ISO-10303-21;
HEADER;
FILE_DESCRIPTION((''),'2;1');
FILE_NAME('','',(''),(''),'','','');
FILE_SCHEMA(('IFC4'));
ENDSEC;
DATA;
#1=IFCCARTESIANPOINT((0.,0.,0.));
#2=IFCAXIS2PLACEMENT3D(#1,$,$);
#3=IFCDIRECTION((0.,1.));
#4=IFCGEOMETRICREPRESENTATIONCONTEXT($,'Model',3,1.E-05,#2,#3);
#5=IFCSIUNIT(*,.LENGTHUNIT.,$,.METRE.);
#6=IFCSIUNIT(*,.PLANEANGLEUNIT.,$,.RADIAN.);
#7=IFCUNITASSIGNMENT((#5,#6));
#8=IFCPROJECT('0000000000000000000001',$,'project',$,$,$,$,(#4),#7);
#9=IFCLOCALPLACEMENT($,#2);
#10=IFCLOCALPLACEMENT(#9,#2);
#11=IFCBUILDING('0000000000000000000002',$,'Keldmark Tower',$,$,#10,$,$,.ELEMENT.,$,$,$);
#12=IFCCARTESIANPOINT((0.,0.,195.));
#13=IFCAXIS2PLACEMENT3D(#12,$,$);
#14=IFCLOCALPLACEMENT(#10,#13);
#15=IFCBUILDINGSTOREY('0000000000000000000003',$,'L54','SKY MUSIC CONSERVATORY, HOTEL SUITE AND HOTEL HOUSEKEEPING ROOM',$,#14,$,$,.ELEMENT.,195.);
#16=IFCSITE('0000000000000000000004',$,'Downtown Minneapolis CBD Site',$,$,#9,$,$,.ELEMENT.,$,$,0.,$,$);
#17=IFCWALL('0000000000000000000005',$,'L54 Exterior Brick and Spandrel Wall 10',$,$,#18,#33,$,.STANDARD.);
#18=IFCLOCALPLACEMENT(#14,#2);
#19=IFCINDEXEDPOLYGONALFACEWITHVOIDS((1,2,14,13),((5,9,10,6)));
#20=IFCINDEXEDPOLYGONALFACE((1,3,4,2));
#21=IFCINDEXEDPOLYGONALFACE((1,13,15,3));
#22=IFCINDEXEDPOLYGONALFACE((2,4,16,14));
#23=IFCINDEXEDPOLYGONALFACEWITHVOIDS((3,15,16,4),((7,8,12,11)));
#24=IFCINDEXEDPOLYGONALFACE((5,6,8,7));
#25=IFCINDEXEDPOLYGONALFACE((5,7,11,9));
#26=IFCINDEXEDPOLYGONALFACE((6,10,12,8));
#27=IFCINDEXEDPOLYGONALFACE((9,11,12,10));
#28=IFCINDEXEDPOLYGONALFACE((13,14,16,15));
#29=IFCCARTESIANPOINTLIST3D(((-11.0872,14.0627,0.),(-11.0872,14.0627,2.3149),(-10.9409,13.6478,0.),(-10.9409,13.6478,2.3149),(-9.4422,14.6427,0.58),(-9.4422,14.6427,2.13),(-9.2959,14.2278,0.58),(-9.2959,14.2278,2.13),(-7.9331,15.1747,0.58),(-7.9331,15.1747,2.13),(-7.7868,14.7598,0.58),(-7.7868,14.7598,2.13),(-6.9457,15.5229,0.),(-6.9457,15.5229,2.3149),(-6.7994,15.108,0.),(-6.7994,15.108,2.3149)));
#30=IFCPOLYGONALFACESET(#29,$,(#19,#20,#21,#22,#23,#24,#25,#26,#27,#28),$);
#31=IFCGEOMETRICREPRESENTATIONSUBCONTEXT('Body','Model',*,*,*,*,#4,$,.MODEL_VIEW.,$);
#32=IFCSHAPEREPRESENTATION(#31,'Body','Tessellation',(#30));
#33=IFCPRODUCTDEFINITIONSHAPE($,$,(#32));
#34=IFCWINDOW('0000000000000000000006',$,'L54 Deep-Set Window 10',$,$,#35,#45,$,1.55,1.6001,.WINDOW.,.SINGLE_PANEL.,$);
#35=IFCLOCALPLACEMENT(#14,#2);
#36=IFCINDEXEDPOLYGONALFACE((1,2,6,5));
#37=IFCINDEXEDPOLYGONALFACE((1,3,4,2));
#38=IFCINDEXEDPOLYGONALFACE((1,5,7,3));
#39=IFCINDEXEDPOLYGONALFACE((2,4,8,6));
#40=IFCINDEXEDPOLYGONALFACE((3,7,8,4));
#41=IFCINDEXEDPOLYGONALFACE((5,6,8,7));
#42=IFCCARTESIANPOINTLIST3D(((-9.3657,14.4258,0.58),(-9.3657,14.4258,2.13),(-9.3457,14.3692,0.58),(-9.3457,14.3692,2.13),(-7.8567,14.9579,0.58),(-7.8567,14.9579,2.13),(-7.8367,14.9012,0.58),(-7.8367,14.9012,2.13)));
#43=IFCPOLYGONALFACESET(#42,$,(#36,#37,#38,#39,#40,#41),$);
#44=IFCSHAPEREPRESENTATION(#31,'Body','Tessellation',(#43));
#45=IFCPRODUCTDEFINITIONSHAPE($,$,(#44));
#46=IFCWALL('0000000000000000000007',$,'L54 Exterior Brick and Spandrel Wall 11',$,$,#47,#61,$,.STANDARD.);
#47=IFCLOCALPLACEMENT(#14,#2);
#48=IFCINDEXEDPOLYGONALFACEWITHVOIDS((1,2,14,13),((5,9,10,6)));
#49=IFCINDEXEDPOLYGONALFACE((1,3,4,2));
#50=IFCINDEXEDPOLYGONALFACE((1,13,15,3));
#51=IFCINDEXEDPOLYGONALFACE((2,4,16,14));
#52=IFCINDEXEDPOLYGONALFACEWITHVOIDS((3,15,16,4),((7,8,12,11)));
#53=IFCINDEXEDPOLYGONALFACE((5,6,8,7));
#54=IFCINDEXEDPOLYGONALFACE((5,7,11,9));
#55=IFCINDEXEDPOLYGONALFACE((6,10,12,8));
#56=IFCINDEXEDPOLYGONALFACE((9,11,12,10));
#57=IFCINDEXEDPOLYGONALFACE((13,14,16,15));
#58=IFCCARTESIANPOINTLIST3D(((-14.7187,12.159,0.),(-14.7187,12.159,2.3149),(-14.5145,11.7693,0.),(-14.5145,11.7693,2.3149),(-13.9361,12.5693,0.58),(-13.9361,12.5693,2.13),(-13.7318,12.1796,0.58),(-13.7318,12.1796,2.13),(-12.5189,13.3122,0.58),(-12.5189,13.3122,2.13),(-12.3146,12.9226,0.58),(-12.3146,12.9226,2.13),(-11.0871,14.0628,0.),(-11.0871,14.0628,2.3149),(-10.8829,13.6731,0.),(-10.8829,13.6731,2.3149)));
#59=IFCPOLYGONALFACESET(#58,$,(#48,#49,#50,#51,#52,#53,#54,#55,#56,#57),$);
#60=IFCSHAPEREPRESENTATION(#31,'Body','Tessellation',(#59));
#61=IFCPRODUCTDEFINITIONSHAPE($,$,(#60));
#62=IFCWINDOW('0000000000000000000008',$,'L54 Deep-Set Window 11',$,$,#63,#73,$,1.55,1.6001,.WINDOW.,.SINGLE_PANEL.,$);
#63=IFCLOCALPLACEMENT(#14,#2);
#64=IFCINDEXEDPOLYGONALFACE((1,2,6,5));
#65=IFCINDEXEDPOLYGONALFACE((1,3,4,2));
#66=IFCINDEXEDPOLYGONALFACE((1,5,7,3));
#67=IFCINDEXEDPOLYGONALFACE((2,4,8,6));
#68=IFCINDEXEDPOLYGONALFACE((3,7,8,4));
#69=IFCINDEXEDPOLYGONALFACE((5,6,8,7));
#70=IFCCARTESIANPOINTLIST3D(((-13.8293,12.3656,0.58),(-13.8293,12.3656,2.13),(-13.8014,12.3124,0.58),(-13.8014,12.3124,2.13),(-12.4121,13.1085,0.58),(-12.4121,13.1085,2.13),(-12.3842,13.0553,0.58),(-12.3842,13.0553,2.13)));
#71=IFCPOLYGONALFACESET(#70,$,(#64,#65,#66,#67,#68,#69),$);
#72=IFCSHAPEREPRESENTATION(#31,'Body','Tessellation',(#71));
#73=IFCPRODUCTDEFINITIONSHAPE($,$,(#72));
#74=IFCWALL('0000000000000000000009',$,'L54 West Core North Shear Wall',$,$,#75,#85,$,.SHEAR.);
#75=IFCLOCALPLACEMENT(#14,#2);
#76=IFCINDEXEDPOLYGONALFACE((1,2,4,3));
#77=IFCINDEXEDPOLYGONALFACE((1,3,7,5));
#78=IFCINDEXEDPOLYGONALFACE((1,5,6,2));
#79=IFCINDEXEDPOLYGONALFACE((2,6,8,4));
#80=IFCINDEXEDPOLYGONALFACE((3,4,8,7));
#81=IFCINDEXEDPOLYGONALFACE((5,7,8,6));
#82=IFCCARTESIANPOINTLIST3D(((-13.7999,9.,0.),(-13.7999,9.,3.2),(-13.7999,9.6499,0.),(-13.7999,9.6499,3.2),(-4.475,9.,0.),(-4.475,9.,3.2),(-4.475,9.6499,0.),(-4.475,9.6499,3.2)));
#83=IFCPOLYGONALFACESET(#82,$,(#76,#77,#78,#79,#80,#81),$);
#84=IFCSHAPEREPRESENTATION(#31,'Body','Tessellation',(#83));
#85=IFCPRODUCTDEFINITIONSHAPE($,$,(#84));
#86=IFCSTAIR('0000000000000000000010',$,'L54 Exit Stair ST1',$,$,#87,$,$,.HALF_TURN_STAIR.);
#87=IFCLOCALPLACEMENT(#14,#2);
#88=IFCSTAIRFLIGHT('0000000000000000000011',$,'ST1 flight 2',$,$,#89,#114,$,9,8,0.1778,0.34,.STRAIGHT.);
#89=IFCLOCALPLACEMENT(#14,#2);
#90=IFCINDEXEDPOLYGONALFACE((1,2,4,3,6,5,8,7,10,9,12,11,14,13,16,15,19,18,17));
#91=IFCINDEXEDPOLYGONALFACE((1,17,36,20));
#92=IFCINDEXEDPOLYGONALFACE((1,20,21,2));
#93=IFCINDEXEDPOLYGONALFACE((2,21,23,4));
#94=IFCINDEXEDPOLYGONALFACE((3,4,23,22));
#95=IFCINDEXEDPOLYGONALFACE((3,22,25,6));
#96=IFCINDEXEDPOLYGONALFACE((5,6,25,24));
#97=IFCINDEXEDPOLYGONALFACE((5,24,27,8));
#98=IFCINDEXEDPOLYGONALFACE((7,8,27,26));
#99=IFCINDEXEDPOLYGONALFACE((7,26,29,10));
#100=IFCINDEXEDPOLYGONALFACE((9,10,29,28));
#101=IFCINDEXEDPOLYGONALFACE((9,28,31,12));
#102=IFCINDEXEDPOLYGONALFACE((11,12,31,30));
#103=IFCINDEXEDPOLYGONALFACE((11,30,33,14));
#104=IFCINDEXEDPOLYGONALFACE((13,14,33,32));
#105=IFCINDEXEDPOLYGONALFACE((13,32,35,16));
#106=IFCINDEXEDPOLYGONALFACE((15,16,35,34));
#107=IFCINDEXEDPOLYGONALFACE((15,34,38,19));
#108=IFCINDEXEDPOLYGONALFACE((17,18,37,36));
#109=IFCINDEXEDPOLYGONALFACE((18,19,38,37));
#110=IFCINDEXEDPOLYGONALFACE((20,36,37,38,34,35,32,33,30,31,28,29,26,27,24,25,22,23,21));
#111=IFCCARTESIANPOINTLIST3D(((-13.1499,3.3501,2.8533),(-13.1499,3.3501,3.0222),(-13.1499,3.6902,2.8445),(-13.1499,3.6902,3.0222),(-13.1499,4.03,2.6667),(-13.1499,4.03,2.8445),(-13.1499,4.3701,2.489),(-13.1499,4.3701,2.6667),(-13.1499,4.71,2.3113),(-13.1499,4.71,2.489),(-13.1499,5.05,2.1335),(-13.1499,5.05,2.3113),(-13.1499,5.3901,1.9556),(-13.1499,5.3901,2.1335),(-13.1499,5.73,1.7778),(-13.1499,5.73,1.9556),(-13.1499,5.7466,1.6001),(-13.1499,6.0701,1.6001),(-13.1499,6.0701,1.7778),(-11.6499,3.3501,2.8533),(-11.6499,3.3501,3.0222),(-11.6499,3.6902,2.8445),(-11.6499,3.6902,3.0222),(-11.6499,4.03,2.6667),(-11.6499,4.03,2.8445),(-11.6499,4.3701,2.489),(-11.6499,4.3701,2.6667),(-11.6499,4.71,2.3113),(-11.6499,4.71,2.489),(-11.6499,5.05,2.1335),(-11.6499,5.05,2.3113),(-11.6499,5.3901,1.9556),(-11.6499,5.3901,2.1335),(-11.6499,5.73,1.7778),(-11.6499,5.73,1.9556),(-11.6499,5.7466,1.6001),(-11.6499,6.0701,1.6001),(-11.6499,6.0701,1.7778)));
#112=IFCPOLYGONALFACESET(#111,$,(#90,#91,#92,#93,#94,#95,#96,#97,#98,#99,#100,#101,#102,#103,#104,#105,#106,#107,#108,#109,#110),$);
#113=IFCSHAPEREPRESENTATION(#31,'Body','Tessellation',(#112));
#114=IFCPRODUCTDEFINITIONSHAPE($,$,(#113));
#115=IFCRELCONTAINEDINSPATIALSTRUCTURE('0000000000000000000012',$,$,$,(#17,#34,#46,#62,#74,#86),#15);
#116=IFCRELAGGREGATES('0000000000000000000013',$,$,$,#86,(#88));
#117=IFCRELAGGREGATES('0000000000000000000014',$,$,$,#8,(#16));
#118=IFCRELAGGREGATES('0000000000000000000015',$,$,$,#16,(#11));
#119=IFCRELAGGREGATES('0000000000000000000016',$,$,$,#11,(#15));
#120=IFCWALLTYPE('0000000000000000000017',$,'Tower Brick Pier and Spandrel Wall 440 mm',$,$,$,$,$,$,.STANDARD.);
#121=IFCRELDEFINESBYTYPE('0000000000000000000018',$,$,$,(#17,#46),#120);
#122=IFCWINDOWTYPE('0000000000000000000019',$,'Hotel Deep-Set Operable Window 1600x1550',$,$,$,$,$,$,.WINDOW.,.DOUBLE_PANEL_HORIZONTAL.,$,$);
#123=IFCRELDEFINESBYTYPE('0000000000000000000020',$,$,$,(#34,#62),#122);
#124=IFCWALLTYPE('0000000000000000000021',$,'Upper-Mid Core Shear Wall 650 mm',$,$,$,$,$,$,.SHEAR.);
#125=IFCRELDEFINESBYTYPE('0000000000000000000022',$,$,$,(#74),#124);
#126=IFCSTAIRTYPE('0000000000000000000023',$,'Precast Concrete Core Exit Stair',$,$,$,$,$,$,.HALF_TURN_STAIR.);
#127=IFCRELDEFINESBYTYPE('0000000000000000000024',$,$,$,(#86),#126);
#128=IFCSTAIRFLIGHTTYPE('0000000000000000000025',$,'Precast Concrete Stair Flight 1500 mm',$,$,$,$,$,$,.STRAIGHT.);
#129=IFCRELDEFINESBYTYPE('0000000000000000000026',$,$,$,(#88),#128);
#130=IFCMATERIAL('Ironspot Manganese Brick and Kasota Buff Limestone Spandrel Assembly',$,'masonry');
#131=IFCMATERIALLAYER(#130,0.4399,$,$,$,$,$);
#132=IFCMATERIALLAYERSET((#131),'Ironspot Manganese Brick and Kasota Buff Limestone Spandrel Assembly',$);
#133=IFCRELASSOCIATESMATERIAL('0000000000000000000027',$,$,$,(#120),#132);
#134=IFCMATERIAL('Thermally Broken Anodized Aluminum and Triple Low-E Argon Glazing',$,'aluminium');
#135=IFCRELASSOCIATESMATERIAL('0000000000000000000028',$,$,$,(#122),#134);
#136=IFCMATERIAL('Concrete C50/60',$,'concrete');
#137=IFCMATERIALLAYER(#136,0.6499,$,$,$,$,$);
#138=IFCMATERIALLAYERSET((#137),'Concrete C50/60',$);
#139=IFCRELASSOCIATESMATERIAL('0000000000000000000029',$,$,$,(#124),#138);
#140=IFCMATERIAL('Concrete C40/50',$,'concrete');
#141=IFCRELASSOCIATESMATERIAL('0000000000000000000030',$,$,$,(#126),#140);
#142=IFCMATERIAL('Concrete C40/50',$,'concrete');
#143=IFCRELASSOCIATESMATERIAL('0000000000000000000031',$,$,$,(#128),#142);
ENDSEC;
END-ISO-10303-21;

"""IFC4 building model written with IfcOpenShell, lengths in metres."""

from ifc_helpers import new_model, si_unit, direction, frame, frame_2d, origin, place, context, subcontext, project, spatial, polyline, rectangle, outline, extrude, material, layer, layer_set, type_object, element, fill, aggregate, save


model = new_model("IFC4")

# Units and contexts
model_context = context("Model", 3, precision=1e-05, world=origin(), true_north=direction((0.0, 1.0)))
body_context = subcontext(model_context, "Body", "Model", "MODEL_VIEW")
ifc_project = project(units=[si_unit("LENGTHUNIT", "METRE"), si_unit("PLANEANGLEUNIT", "RADIAN")], contexts=[model_context])

# Site, building, storey
site_placement = place(None, origin())
site = spatial("IfcSite", under=ifc_project, at=site_placement, Name="Downtown Minneapolis CBD Site", CompositionType="ELEMENT", RefElevation=0.0)
building_placement = place(site_placement, origin())
building = spatial("IfcBuilding", under=site, at=building_placement, Name="Keldmark Tower", CompositionType="ELEMENT")
storey_placement = place(building_placement, frame((0.0, 0.0, 195.0)))
storey = spatial("IfcBuildingStorey", under=building, at=storey_placement, Name="L54", Description="SKY MUSIC CONSERVATORY, HOTEL SUITE AND HOTEL HOUSEKEEPING ROOM", CompositionType="ELEMENT", Elevation=195.0)

# Walls, openings, windows
ifc_material_1 = material(Name="Ironspot Manganese Brick and Kasota Buff Limestone Spandrel Assembly", Category="masonry")
ifc_layer_1 = layer(ifc_material_1, 0.4399)
ifc_layer_set_1 = layer_set([ifc_layer_1], Name="Ironspot Manganese Brick and Kasota Buff Limestone Spandrel Assembly")
wall_type_1 = type_object("IfcWallType", Name="Tower Brick Pier and Spandrel Wall 440 mm", PredefinedType="STANDARD", material=ifc_layer_set_1)
wall_1_placement = place(storey_placement, frame((-11.0142, 13.8552, 0.0), z_axis=(0.0, 0.0, 1.0), x_axis=(0.9431, 0.332509, 0.0)))
wall_1 = element("IfcWall", 1, at=wall_1_placement, inside=storey, type_object=wall_type_1, Name="L54 Exterior Brick and Spandrel Wall 10", PredefinedType="STANDARD", context=body_context, shape_type="SweptSolid", body=[
    extrude(rectangle(XDim=4.3914, YDim=0.4399, at=frame_2d((2.1958, 0.0))), origin(), (0.0, 0.0, 1.0), 2.3149),
])
opening_1_placement = place(wall_1_placement, frame((1.7444, 0.0, 0.5801)))
opening_1 = element("IfcOpeningElement", 2, at=opening_1_placement, cuts=wall_1, PredefinedType="OPENING", context=body_context, shape_type="SweptSolid", body=[
    extrude(rectangle(XDim=1.6001, YDim=1.55, at=frame_2d((0.8, 0.7749))), frame((0.0, 0.23, 0.0), z_axis=(0.0, -1.0, 0.0), x_axis=(1.0, 0.0, 0.0)), (0.0, 0.0, 1.0), 0.46),
])
ifc_material_2 = material(Name="Thermally Broken Anodized Aluminum and Triple Low-E Argon Glazing", Category="aluminium")
window_type = type_object("IfcWindowType", Name="Hotel Deep-Set Operable Window 1600x1550", PartitioningType="DOUBLE_PANEL_HORIZONTAL", PredefinedType="WINDOW", material=ifc_material_2)
window_1_placement = place(opening_1_placement, origin())
window_1 = element("IfcWindow", 3, at=window_1_placement, inside=storey, type_object=window_type, Name="L54 Deep-Set Window 10", OverallHeight=1.55, OverallWidth=1.6001, PartitioningType="SINGLE_PANEL", PredefinedType="WINDOW", context=body_context, shape_type="SweptSolid", body=[
    extrude(rectangle(XDim=1.6001, YDim=1.55, at=frame_2d((0.8, 0.7749))), frame((0.0, -0.01, 0.0), z_axis=(0.0, -1.0, 0.0), x_axis=(1.0, 0.0, 0.0)), (0.0, 0.0, 1.0), 0.0601),
])
fill(opening_1, window_1)
wall_2_placement = place(storey_placement, frame((-14.6167, 11.9641, 0.0), z_axis=(0.0, 0.0, 1.0), x_axis=(0.885676, 0.464303, 0.0)))
wall_2 = element("IfcWall", 4, at=wall_2_placement, inside=storey, type_object=wall_type_1, Name="L54 Exterior Brick and Spandrel Wall 11", PredefinedType="STANDARD", context=body_context, shape_type="SweptSolid", body=[
    extrude(rectangle(XDim=4.1003, YDim=0.4399, at=frame_2d((2.0503, 0.0))), origin(), (0.0, 0.0, 1.0), 2.3149),
])
opening_2_placement = place(wall_2_placement, frame((0.8838, 0.0, 0.5801)))
opening_2 = element("IfcOpeningElement", 5, at=opening_2_placement, cuts=wall_2, PredefinedType="OPENING", context=body_context, shape_type="SweptSolid", body=[
    extrude(rectangle(XDim=1.6001, YDim=1.55, at=frame_2d((0.8, 0.7749))), frame((0.0, 0.23, 0.0), z_axis=(0.0, -1.0, 0.0), x_axis=(1.0, 0.0, 0.0)), (0.0, 0.0, 1.0), 0.46),
])
window_2_placement = place(opening_2_placement, origin())
window_2 = element("IfcWindow", 6, at=window_2_placement, inside=storey, type_object=window_type, Name="L54 Deep-Set Window 11", OverallHeight=1.55, OverallWidth=1.6001, PartitioningType="SINGLE_PANEL", PredefinedType="WINDOW", context=body_context, shape_type="SweptSolid", body=[
    extrude(rectangle(XDim=1.6001, YDim=1.55, at=frame_2d((0.8, 0.7749))), frame((0.0, -0.01, 0.0), z_axis=(0.0, -1.0, 0.0), x_axis=(1.0, 0.0, 0.0)), (0.0, 0.0, 1.0), 0.0601),
])
fill(opening_2, window_2)

# Wall
ifc_material_3 = material(Name="Concrete C50/60", Category="concrete")
ifc_layer_2 = layer(ifc_material_3, 0.6499)
ifc_layer_set_2 = layer_set([ifc_layer_2], Name="Concrete C50/60")
wall_type_2 = type_object("IfcWallType", Name="Upper-Mid Core Shear Wall 650 mm", PredefinedType="SHEAR", material=ifc_layer_set_2)
wall_3_placement = place(storey_placement, frame((-13.8, 9.325, 0.0), z_axis=(0.0, 0.0, 1.0), x_axis=(1.0, 0.0, 0.0)))
element("IfcWall", 7, at=wall_3_placement, inside=storey, type_object=wall_type_2, Name="L54 West Core North Shear Wall", PredefinedType="SHEAR", context=body_context, shape_type="SweptSolid", body=[
    extrude(rectangle(XDim=9.325, YDim=0.6499, at=frame_2d((4.6626, 0.0))), origin(), (0.0, 0.0, 1.0), 3.2),
])

# Stair, stair flight
ifc_material_4 = material(Name="Concrete C40/50", Category="concrete")
stair_type = type_object("IfcStairType", Name="Precast Concrete Core Exit Stair", PredefinedType="HALF_TURN_STAIR", material=ifc_material_4)
stair_placement = place(storey_placement, origin())
stair = element("IfcStair", 8, at=stair_placement, inside=storey, type_object=stair_type, Name="L54 Exit Stair ST1", PredefinedType="HALF_TURN_STAIR")
ifc_material_5 = material(Name="Concrete C40/50", Category="concrete")
stair_flight_type = type_object("IfcStairFlightType", Name="Precast Concrete Stair Flight 1500 mm", PredefinedType="STRAIGHT", material=ifc_material_5)
stair_flight_placement = place(storey_placement, frame((-12.3999, 6.0701, 1.6001), z_axis=(0.0, 0.0, 1.0), x_axis=(0.0, -1.0, 0.0)))
stair_flight = element("IfcStairFlight", 9, at=stair_flight_placement, type_object=stair_flight_type, Name="ST1 flight 2", NumberOfRisers=9, NumberOfTreads=8, PredefinedType="STRAIGHT", RiserHeight=0.1778, TreadLength=0.34, context=body_context, shape_type="SweptSolid", body=[
    extrude(outline(polyline([(0.0, 0.0), (0.0, 0.1777), (0.3401, 0.1777), (0.3401, 0.3555), (0.6799, 0.3555), (0.6799, 0.5334), (1.02, 0.5334), (1.02, 0.7112), (1.3601, 0.7112), (1.3601, 0.8889), (1.7, 0.8889), (1.7, 1.0667), (2.04, 1.0667), (2.04, 1.2444), (2.3799, 1.2444), (2.3799, 1.4221), (2.72, 1.4221), (2.72, 1.6001), (2.72, 1.2532), (0.3235, 0.0), (0.0, 0.0)])), frame((0.0, 0.75, 0.0), z_axis=(0.0, -1.0, 0.0), x_axis=(1.0, 0.0, 0.0)), (0.0, 0.0, 1.0), 1.5),
])
aggregate(stair, [stair_flight])

save(model, "model.ifc")
